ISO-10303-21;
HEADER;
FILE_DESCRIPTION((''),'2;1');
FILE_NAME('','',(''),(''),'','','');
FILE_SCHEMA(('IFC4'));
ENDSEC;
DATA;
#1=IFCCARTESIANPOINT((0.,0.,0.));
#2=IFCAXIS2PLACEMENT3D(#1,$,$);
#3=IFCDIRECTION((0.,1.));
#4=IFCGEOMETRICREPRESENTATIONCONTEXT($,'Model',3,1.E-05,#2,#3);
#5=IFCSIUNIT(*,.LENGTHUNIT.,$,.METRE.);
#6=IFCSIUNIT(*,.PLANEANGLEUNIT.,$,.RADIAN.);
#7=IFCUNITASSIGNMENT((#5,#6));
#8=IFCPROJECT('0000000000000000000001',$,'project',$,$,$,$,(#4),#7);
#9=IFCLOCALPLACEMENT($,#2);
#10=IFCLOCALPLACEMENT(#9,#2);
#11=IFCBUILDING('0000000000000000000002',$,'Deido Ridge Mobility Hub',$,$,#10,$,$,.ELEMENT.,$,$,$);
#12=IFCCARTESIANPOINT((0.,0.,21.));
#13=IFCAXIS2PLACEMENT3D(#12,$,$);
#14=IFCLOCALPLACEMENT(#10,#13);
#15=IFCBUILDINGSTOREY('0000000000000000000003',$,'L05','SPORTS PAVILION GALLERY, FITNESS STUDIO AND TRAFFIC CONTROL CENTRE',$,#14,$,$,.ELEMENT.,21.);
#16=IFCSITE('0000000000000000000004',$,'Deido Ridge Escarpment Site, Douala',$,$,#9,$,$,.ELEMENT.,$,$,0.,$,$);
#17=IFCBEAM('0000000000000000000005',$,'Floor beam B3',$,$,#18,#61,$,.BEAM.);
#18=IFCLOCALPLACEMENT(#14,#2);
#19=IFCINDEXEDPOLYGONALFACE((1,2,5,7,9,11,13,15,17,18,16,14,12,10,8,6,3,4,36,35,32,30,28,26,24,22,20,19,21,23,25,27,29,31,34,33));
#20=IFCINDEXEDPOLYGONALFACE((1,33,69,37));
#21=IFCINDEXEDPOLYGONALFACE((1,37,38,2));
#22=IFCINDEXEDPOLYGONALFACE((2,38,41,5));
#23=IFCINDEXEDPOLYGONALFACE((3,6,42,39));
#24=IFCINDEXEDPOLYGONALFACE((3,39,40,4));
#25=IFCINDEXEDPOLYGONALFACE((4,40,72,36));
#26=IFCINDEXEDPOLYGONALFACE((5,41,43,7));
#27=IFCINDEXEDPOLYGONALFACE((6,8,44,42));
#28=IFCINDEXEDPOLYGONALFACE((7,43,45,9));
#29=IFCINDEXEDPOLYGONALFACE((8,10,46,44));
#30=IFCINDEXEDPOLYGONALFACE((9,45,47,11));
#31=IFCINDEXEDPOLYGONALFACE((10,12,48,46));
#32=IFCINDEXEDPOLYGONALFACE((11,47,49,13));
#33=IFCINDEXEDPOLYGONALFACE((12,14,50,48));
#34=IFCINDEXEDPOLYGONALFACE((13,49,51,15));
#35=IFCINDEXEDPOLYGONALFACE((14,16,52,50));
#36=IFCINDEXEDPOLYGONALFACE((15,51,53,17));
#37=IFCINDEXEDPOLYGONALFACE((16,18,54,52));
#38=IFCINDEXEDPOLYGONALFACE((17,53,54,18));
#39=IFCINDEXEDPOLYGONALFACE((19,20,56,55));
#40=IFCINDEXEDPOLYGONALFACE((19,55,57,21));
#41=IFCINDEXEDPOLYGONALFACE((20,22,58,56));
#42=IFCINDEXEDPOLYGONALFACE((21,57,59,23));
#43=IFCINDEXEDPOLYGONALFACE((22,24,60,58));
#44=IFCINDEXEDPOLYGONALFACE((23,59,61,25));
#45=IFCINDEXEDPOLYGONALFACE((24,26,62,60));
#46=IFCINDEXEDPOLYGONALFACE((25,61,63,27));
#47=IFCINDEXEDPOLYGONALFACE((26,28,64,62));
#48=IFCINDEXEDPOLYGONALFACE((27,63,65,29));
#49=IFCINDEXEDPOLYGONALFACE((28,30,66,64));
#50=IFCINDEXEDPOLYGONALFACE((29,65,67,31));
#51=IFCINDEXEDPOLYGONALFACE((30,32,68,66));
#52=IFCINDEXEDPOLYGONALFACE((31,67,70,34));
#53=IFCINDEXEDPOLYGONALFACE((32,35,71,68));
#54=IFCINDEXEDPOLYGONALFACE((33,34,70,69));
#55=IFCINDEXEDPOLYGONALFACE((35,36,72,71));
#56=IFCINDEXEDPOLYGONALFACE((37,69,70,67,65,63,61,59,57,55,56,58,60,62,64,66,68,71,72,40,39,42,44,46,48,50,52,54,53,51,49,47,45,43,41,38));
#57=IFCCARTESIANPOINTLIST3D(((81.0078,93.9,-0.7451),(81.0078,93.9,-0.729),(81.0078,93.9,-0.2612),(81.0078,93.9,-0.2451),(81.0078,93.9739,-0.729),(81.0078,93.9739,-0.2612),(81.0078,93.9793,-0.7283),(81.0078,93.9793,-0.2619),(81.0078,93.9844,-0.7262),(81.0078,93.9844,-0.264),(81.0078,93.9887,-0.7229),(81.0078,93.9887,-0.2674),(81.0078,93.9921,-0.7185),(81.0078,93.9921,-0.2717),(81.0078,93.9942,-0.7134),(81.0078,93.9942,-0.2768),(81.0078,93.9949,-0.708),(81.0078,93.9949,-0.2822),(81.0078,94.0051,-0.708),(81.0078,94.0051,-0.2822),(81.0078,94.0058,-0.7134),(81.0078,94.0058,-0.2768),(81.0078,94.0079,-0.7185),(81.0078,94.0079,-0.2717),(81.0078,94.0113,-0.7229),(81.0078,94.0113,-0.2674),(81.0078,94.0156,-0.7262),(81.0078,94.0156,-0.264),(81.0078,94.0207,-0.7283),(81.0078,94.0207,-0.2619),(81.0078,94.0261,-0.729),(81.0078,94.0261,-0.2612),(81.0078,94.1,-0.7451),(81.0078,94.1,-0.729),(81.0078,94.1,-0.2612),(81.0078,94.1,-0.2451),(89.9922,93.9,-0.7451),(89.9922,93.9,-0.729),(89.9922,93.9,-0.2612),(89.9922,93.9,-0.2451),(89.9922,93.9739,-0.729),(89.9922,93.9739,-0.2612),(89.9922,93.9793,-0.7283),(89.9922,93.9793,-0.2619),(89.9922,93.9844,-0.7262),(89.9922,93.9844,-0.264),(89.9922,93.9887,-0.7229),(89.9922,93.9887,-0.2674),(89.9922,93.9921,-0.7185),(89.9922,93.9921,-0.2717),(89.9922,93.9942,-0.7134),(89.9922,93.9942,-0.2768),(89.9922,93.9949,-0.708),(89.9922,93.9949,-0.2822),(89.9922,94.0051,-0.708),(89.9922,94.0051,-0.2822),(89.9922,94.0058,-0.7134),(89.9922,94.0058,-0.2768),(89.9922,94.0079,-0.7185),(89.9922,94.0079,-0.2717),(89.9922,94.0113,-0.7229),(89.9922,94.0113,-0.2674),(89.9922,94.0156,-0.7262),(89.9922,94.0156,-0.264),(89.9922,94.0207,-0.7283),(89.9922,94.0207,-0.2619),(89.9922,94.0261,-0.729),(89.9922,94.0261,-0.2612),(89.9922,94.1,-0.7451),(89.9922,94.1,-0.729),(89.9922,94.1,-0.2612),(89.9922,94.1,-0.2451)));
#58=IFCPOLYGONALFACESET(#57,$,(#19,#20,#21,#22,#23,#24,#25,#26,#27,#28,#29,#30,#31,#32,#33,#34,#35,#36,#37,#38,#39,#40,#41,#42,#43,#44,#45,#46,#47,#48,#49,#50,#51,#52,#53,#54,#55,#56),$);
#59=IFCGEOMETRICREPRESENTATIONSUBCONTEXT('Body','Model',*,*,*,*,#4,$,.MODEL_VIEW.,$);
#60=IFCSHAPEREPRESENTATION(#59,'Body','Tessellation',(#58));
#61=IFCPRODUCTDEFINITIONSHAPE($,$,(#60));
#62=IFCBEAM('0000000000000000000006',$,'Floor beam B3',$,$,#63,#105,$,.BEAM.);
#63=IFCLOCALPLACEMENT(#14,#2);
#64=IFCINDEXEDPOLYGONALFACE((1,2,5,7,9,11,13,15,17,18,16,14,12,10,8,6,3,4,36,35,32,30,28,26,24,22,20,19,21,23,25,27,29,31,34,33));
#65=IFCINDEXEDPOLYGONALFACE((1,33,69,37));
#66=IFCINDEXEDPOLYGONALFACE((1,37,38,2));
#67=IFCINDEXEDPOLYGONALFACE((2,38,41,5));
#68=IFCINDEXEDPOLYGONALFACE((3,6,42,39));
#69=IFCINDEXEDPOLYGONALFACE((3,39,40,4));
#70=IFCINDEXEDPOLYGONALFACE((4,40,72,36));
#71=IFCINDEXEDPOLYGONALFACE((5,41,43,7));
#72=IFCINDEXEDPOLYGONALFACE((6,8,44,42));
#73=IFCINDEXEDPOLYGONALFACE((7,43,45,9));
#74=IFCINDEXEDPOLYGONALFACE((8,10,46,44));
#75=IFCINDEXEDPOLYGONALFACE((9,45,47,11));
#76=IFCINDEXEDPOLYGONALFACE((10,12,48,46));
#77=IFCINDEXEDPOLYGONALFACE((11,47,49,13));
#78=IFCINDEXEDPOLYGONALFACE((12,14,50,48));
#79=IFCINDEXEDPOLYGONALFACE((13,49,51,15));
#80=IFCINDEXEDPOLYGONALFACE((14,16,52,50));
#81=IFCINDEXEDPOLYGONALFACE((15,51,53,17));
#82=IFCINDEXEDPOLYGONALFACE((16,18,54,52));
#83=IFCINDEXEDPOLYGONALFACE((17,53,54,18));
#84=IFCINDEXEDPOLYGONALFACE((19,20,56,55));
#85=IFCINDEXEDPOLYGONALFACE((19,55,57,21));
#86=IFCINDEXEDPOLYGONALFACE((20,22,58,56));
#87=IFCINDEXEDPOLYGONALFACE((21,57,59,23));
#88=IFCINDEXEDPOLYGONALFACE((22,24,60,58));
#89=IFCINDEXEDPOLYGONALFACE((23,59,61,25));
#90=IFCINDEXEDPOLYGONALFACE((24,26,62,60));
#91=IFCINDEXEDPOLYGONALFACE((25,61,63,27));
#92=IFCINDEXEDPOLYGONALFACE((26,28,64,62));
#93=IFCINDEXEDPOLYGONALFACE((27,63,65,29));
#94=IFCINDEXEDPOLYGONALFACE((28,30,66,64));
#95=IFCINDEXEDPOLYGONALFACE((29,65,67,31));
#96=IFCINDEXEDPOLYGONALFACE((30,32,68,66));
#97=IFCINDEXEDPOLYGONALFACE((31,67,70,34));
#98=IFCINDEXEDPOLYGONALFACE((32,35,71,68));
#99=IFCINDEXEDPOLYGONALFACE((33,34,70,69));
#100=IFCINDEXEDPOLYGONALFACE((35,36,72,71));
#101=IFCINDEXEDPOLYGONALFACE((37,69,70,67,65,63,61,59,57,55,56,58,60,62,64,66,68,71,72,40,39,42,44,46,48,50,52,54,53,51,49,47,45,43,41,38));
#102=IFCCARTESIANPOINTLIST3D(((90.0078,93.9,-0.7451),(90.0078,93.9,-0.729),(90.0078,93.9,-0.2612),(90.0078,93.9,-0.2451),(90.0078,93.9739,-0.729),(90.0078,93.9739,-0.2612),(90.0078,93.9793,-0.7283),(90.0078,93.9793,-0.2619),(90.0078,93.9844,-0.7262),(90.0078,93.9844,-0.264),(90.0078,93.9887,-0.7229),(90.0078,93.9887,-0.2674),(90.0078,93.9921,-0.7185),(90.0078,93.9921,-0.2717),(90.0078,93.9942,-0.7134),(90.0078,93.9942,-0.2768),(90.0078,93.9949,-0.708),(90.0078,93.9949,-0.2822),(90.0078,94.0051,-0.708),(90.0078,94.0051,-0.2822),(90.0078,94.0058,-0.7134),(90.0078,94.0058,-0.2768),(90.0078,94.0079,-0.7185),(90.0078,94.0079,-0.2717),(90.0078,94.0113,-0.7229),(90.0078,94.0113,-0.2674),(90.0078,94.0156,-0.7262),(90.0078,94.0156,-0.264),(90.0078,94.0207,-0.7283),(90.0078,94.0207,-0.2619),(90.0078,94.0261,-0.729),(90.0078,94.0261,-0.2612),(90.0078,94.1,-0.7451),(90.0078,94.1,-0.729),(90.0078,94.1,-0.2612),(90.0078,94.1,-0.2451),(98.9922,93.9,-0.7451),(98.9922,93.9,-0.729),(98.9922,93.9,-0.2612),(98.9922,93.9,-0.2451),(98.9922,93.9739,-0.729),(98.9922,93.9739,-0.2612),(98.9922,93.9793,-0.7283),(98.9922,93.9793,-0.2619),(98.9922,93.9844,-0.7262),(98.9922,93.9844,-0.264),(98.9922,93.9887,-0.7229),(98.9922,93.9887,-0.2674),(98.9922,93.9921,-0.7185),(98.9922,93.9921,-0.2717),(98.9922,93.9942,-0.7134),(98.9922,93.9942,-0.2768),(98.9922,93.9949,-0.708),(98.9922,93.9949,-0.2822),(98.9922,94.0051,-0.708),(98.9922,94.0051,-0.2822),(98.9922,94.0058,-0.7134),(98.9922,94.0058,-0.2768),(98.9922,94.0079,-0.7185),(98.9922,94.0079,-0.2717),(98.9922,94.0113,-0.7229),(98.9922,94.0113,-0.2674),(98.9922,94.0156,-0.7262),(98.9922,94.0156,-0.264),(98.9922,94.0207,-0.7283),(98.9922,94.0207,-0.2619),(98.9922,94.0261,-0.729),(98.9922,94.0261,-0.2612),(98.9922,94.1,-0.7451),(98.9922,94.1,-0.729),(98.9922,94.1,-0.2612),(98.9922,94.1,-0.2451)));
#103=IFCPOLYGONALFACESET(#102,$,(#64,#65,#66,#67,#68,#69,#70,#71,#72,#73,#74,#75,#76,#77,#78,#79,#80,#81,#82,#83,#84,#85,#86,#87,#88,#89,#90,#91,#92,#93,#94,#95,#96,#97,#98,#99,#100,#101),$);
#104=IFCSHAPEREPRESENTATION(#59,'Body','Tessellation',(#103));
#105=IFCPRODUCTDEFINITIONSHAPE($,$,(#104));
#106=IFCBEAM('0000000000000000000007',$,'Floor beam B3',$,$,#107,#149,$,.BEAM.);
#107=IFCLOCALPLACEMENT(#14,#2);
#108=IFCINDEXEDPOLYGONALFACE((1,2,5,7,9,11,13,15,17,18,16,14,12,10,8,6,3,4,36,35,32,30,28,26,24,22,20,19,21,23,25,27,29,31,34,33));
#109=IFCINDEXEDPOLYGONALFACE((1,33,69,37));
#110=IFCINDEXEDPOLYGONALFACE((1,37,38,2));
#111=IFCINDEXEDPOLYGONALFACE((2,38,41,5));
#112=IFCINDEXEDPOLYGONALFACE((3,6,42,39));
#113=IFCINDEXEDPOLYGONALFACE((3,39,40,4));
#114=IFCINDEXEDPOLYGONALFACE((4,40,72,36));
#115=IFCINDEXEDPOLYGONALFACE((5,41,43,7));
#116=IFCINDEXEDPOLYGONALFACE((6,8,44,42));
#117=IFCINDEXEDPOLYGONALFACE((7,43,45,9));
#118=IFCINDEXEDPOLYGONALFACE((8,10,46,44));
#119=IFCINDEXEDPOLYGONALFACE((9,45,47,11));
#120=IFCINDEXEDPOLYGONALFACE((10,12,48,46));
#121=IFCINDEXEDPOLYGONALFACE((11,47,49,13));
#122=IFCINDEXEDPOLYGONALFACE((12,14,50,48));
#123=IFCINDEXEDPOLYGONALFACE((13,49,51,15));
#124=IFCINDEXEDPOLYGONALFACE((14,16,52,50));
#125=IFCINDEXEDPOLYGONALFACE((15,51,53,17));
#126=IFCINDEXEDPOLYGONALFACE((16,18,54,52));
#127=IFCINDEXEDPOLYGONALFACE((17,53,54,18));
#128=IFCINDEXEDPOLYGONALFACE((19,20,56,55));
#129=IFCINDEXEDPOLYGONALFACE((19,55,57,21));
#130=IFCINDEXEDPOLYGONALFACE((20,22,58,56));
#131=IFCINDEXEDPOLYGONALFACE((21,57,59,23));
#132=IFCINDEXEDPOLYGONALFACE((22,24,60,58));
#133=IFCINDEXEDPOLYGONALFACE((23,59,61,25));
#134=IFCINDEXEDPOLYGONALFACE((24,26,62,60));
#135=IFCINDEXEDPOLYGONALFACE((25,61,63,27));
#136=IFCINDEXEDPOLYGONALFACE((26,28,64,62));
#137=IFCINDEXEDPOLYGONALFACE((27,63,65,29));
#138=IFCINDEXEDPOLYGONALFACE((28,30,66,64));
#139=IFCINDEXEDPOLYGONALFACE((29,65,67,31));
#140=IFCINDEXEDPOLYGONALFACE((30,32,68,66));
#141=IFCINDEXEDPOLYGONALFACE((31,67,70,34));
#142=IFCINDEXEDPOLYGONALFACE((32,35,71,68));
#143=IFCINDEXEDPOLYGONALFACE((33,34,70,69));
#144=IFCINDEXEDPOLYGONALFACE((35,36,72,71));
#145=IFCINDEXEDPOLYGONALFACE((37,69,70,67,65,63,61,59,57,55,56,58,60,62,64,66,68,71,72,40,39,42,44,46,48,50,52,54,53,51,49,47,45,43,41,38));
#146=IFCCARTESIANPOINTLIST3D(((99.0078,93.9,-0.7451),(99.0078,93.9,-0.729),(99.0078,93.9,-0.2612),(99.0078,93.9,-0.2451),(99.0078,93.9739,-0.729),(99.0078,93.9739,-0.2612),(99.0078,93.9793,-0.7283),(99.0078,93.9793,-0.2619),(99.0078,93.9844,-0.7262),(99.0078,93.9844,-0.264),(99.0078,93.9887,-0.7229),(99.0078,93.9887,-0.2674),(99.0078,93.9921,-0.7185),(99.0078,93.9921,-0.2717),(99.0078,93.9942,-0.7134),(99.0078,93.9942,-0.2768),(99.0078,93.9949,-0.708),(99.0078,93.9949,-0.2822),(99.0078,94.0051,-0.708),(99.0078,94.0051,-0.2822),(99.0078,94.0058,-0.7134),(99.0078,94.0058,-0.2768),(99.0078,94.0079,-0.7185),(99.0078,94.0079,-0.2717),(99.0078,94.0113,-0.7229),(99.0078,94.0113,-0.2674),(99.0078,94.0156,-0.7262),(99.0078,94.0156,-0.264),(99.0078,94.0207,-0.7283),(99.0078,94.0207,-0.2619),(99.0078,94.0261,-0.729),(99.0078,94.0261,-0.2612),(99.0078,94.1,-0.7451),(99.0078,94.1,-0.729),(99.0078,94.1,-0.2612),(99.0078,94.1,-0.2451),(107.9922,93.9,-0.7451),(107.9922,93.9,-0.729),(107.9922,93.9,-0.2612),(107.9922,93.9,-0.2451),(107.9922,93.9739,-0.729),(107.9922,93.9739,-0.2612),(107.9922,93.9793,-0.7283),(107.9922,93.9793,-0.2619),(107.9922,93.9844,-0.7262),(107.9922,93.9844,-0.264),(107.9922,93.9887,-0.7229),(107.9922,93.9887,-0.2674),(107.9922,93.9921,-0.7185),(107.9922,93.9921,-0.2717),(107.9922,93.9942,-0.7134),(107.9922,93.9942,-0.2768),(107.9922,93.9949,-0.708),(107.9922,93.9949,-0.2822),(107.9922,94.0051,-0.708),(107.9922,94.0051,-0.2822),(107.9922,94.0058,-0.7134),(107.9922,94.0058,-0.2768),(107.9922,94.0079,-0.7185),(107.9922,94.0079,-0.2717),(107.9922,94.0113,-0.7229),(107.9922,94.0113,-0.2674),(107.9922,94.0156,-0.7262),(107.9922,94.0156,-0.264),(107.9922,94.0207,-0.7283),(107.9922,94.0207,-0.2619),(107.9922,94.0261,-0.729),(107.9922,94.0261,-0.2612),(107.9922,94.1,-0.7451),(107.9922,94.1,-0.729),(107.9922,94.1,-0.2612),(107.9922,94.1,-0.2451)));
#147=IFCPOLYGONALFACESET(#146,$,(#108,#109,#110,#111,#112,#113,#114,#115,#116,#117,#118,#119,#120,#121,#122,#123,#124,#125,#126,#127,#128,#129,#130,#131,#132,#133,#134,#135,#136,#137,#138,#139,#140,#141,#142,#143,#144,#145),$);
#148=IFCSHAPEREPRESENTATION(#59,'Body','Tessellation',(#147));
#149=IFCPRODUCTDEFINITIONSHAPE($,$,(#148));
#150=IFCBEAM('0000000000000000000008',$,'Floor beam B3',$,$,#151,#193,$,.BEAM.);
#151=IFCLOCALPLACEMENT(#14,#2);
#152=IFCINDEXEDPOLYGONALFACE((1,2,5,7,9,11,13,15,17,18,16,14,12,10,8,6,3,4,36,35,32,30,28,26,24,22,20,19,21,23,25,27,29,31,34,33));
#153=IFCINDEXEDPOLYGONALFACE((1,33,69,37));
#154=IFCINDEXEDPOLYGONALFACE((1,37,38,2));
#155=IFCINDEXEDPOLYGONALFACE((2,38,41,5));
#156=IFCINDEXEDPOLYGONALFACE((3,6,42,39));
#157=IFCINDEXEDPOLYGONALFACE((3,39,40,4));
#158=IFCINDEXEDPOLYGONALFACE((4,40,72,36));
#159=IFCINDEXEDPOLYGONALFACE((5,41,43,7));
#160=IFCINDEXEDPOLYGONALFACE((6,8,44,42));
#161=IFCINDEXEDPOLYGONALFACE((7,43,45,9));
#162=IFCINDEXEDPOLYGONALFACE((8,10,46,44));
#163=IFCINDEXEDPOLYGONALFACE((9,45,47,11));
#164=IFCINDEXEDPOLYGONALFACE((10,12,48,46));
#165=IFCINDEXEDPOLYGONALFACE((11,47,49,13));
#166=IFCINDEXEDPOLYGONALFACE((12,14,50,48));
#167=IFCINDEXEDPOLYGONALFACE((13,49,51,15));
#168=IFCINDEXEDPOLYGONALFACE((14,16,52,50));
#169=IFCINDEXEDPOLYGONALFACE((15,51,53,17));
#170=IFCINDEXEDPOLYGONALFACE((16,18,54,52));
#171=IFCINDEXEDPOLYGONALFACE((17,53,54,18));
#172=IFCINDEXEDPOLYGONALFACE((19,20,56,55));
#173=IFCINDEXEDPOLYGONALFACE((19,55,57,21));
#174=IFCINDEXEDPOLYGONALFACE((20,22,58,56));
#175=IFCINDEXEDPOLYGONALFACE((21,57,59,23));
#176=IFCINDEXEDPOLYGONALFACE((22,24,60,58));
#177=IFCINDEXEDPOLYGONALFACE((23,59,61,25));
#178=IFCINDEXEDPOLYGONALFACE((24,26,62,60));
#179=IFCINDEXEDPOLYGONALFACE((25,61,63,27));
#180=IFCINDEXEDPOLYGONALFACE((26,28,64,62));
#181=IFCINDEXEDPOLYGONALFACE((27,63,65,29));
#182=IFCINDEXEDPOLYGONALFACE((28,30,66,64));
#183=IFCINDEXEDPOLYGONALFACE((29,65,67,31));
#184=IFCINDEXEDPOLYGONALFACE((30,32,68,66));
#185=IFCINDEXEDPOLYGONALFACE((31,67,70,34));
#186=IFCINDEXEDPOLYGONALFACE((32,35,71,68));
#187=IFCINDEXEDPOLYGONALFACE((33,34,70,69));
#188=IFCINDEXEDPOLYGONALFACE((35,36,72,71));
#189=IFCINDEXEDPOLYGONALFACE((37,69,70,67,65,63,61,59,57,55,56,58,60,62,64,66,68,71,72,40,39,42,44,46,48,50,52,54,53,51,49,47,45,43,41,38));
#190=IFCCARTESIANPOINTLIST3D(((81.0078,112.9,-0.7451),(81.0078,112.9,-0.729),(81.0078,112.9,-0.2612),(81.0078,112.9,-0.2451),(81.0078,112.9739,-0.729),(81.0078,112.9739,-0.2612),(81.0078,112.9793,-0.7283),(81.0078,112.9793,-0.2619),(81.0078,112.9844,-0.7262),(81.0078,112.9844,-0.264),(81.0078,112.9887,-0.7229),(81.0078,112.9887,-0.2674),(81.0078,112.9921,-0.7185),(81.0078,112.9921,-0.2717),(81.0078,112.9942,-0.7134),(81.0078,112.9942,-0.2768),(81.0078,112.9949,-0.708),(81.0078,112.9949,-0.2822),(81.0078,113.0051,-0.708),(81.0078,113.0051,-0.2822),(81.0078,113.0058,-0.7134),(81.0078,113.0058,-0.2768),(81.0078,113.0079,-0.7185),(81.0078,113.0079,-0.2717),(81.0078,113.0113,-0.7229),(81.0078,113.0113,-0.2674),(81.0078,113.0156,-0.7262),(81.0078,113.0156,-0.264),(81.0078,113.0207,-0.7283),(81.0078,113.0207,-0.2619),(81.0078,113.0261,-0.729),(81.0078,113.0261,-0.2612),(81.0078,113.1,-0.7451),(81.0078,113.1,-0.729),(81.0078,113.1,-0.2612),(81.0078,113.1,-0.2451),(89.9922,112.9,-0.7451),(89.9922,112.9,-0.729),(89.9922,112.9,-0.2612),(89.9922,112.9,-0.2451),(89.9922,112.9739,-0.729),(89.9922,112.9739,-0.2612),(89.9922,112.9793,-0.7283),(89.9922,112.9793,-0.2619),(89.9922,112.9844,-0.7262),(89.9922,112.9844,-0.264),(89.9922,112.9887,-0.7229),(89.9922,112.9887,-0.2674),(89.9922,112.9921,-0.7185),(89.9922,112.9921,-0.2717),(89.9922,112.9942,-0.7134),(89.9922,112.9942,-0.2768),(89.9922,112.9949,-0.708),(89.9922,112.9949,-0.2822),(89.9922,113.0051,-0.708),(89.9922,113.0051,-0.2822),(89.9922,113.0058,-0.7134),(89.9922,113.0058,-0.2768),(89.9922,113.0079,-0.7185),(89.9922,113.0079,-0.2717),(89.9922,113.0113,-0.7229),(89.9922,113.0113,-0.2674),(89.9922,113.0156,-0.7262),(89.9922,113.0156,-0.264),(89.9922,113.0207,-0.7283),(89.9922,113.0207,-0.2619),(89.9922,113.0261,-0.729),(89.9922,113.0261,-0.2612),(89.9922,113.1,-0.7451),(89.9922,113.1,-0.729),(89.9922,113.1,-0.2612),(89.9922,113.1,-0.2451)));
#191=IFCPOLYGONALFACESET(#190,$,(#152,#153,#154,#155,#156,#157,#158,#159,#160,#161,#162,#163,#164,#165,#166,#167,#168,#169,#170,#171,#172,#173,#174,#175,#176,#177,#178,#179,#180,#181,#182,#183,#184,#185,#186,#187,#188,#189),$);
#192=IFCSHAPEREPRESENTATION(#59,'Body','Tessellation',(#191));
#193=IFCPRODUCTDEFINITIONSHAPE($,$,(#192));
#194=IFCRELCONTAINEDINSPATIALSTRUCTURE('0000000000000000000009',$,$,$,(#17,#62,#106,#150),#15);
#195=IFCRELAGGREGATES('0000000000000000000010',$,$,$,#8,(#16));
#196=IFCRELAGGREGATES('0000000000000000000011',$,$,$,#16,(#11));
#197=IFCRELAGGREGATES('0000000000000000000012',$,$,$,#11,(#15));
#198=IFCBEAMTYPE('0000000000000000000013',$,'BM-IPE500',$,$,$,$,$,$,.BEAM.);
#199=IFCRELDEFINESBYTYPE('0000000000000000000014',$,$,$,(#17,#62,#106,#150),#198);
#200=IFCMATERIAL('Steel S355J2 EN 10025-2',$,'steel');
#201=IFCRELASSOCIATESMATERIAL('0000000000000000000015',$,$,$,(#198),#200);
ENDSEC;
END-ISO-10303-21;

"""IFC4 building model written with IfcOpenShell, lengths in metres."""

from ifc_helpers import new_model, si_unit, direction, frame, origin, origin_2d, place, context, subcontext, project, spatial, i_section, extrude, material, material_profile, profile_set, type_object, element, save


model = new_model("IFC4")

# Units and contexts
model_context = context("Model", 3, precision=1e-05, world=origin(), true_north=direction((0.0, 1.0)))
body_context = subcontext(model_context, "Body", "Model", "MODEL_VIEW")
ifc_project = project(units=[si_unit("LENGTHUNIT", "METRE"), si_unit("PLANEANGLEUNIT", "RADIAN")], contexts=[model_context])

# Site, building, storey
site_placement = place(None, origin())
site = spatial("IfcSite", under=ifc_project, at=site_placement, Name="Deido Ridge Escarpment Site, Douala", CompositionType="ELEMENT", RefElevation=0.0)
building_placement = place(site_placement, origin())
building = spatial("IfcBuilding", under=site, at=building_placement, Name="Deido Ridge Mobility Hub", CompositionType="ELEMENT")
storey_placement = place(building_placement, frame((0.0, 0.0, 21.0)))
storey = spatial("IfcBuildingStorey", under=building, at=storey_placement, Name="L05", Description="SPORTS PAVILION GALLERY, FITNESS STUDIO AND TRAFFIC CONTROL CENTRE", CompositionType="ELEMENT", Elevation=21.0)

# Beams
ifc_material = material(Name="Steel S355J2 EN 10025-2", Category="steel")
ifc_material_profile_1 = material_profile(ifc_material, i_section(OverallWidth=0.2, OverallDepth=0.5, WebThickness=0.0103, FlangeThickness=0.0161, FilletRadius=0.021, at=origin_2d()), Name="IPE 500")
ifc_profile_set_1 = profile_set([ifc_material_profile_1], Name="Steel S355J2 EN 10025-2")
beam_type_1 = type_object("IfcBeamType", Name="BM-IPE500", PredefinedType="BEAM", material=ifc_profile_set_1)
for number, where, z_axis, x_axis, name in (
    (1, (81.0078, 94.0, -0.4951), (1.0, 0.0, 0.0), (0.0, 1.0, 0.0), "Floor beam B3"),
    (2, (90.0078, 94.0, -0.4951), (1.0, 0.0, 0.0), (0.0, 1.0, 0.0), "Floor beam B3"),
    (3, (99.0078, 94.0, -0.4951), (1.0, 0.0, 0.0), (0.0, 1.0, 0.0), "Floor beam B3"),
    (4, (81.0078, 113.0, -0.4951), (1.0, 0.0, 0.0), (0.0, 1.0, 0.0), "Floor beam B3"),
):
    element("IfcBeam", number, at=place(storey_placement, frame(where, z_axis=z_axis, x_axis=x_axis)), inside=storey, type_object=beam_type_1, Name=name, PredefinedType="BEAM", context=body_context, shape_type="SweptSolid", body=[
        extrude(i_section(OverallWidth=0.2, OverallDepth=0.5, WebThickness=0.0103, FlangeThickness=0.0161, FilletRadius=0.021, at=origin_2d()), origin(), (0.0, 0.0, 1.0), 8.9844),
    ])

save(model, "model.ifc")
